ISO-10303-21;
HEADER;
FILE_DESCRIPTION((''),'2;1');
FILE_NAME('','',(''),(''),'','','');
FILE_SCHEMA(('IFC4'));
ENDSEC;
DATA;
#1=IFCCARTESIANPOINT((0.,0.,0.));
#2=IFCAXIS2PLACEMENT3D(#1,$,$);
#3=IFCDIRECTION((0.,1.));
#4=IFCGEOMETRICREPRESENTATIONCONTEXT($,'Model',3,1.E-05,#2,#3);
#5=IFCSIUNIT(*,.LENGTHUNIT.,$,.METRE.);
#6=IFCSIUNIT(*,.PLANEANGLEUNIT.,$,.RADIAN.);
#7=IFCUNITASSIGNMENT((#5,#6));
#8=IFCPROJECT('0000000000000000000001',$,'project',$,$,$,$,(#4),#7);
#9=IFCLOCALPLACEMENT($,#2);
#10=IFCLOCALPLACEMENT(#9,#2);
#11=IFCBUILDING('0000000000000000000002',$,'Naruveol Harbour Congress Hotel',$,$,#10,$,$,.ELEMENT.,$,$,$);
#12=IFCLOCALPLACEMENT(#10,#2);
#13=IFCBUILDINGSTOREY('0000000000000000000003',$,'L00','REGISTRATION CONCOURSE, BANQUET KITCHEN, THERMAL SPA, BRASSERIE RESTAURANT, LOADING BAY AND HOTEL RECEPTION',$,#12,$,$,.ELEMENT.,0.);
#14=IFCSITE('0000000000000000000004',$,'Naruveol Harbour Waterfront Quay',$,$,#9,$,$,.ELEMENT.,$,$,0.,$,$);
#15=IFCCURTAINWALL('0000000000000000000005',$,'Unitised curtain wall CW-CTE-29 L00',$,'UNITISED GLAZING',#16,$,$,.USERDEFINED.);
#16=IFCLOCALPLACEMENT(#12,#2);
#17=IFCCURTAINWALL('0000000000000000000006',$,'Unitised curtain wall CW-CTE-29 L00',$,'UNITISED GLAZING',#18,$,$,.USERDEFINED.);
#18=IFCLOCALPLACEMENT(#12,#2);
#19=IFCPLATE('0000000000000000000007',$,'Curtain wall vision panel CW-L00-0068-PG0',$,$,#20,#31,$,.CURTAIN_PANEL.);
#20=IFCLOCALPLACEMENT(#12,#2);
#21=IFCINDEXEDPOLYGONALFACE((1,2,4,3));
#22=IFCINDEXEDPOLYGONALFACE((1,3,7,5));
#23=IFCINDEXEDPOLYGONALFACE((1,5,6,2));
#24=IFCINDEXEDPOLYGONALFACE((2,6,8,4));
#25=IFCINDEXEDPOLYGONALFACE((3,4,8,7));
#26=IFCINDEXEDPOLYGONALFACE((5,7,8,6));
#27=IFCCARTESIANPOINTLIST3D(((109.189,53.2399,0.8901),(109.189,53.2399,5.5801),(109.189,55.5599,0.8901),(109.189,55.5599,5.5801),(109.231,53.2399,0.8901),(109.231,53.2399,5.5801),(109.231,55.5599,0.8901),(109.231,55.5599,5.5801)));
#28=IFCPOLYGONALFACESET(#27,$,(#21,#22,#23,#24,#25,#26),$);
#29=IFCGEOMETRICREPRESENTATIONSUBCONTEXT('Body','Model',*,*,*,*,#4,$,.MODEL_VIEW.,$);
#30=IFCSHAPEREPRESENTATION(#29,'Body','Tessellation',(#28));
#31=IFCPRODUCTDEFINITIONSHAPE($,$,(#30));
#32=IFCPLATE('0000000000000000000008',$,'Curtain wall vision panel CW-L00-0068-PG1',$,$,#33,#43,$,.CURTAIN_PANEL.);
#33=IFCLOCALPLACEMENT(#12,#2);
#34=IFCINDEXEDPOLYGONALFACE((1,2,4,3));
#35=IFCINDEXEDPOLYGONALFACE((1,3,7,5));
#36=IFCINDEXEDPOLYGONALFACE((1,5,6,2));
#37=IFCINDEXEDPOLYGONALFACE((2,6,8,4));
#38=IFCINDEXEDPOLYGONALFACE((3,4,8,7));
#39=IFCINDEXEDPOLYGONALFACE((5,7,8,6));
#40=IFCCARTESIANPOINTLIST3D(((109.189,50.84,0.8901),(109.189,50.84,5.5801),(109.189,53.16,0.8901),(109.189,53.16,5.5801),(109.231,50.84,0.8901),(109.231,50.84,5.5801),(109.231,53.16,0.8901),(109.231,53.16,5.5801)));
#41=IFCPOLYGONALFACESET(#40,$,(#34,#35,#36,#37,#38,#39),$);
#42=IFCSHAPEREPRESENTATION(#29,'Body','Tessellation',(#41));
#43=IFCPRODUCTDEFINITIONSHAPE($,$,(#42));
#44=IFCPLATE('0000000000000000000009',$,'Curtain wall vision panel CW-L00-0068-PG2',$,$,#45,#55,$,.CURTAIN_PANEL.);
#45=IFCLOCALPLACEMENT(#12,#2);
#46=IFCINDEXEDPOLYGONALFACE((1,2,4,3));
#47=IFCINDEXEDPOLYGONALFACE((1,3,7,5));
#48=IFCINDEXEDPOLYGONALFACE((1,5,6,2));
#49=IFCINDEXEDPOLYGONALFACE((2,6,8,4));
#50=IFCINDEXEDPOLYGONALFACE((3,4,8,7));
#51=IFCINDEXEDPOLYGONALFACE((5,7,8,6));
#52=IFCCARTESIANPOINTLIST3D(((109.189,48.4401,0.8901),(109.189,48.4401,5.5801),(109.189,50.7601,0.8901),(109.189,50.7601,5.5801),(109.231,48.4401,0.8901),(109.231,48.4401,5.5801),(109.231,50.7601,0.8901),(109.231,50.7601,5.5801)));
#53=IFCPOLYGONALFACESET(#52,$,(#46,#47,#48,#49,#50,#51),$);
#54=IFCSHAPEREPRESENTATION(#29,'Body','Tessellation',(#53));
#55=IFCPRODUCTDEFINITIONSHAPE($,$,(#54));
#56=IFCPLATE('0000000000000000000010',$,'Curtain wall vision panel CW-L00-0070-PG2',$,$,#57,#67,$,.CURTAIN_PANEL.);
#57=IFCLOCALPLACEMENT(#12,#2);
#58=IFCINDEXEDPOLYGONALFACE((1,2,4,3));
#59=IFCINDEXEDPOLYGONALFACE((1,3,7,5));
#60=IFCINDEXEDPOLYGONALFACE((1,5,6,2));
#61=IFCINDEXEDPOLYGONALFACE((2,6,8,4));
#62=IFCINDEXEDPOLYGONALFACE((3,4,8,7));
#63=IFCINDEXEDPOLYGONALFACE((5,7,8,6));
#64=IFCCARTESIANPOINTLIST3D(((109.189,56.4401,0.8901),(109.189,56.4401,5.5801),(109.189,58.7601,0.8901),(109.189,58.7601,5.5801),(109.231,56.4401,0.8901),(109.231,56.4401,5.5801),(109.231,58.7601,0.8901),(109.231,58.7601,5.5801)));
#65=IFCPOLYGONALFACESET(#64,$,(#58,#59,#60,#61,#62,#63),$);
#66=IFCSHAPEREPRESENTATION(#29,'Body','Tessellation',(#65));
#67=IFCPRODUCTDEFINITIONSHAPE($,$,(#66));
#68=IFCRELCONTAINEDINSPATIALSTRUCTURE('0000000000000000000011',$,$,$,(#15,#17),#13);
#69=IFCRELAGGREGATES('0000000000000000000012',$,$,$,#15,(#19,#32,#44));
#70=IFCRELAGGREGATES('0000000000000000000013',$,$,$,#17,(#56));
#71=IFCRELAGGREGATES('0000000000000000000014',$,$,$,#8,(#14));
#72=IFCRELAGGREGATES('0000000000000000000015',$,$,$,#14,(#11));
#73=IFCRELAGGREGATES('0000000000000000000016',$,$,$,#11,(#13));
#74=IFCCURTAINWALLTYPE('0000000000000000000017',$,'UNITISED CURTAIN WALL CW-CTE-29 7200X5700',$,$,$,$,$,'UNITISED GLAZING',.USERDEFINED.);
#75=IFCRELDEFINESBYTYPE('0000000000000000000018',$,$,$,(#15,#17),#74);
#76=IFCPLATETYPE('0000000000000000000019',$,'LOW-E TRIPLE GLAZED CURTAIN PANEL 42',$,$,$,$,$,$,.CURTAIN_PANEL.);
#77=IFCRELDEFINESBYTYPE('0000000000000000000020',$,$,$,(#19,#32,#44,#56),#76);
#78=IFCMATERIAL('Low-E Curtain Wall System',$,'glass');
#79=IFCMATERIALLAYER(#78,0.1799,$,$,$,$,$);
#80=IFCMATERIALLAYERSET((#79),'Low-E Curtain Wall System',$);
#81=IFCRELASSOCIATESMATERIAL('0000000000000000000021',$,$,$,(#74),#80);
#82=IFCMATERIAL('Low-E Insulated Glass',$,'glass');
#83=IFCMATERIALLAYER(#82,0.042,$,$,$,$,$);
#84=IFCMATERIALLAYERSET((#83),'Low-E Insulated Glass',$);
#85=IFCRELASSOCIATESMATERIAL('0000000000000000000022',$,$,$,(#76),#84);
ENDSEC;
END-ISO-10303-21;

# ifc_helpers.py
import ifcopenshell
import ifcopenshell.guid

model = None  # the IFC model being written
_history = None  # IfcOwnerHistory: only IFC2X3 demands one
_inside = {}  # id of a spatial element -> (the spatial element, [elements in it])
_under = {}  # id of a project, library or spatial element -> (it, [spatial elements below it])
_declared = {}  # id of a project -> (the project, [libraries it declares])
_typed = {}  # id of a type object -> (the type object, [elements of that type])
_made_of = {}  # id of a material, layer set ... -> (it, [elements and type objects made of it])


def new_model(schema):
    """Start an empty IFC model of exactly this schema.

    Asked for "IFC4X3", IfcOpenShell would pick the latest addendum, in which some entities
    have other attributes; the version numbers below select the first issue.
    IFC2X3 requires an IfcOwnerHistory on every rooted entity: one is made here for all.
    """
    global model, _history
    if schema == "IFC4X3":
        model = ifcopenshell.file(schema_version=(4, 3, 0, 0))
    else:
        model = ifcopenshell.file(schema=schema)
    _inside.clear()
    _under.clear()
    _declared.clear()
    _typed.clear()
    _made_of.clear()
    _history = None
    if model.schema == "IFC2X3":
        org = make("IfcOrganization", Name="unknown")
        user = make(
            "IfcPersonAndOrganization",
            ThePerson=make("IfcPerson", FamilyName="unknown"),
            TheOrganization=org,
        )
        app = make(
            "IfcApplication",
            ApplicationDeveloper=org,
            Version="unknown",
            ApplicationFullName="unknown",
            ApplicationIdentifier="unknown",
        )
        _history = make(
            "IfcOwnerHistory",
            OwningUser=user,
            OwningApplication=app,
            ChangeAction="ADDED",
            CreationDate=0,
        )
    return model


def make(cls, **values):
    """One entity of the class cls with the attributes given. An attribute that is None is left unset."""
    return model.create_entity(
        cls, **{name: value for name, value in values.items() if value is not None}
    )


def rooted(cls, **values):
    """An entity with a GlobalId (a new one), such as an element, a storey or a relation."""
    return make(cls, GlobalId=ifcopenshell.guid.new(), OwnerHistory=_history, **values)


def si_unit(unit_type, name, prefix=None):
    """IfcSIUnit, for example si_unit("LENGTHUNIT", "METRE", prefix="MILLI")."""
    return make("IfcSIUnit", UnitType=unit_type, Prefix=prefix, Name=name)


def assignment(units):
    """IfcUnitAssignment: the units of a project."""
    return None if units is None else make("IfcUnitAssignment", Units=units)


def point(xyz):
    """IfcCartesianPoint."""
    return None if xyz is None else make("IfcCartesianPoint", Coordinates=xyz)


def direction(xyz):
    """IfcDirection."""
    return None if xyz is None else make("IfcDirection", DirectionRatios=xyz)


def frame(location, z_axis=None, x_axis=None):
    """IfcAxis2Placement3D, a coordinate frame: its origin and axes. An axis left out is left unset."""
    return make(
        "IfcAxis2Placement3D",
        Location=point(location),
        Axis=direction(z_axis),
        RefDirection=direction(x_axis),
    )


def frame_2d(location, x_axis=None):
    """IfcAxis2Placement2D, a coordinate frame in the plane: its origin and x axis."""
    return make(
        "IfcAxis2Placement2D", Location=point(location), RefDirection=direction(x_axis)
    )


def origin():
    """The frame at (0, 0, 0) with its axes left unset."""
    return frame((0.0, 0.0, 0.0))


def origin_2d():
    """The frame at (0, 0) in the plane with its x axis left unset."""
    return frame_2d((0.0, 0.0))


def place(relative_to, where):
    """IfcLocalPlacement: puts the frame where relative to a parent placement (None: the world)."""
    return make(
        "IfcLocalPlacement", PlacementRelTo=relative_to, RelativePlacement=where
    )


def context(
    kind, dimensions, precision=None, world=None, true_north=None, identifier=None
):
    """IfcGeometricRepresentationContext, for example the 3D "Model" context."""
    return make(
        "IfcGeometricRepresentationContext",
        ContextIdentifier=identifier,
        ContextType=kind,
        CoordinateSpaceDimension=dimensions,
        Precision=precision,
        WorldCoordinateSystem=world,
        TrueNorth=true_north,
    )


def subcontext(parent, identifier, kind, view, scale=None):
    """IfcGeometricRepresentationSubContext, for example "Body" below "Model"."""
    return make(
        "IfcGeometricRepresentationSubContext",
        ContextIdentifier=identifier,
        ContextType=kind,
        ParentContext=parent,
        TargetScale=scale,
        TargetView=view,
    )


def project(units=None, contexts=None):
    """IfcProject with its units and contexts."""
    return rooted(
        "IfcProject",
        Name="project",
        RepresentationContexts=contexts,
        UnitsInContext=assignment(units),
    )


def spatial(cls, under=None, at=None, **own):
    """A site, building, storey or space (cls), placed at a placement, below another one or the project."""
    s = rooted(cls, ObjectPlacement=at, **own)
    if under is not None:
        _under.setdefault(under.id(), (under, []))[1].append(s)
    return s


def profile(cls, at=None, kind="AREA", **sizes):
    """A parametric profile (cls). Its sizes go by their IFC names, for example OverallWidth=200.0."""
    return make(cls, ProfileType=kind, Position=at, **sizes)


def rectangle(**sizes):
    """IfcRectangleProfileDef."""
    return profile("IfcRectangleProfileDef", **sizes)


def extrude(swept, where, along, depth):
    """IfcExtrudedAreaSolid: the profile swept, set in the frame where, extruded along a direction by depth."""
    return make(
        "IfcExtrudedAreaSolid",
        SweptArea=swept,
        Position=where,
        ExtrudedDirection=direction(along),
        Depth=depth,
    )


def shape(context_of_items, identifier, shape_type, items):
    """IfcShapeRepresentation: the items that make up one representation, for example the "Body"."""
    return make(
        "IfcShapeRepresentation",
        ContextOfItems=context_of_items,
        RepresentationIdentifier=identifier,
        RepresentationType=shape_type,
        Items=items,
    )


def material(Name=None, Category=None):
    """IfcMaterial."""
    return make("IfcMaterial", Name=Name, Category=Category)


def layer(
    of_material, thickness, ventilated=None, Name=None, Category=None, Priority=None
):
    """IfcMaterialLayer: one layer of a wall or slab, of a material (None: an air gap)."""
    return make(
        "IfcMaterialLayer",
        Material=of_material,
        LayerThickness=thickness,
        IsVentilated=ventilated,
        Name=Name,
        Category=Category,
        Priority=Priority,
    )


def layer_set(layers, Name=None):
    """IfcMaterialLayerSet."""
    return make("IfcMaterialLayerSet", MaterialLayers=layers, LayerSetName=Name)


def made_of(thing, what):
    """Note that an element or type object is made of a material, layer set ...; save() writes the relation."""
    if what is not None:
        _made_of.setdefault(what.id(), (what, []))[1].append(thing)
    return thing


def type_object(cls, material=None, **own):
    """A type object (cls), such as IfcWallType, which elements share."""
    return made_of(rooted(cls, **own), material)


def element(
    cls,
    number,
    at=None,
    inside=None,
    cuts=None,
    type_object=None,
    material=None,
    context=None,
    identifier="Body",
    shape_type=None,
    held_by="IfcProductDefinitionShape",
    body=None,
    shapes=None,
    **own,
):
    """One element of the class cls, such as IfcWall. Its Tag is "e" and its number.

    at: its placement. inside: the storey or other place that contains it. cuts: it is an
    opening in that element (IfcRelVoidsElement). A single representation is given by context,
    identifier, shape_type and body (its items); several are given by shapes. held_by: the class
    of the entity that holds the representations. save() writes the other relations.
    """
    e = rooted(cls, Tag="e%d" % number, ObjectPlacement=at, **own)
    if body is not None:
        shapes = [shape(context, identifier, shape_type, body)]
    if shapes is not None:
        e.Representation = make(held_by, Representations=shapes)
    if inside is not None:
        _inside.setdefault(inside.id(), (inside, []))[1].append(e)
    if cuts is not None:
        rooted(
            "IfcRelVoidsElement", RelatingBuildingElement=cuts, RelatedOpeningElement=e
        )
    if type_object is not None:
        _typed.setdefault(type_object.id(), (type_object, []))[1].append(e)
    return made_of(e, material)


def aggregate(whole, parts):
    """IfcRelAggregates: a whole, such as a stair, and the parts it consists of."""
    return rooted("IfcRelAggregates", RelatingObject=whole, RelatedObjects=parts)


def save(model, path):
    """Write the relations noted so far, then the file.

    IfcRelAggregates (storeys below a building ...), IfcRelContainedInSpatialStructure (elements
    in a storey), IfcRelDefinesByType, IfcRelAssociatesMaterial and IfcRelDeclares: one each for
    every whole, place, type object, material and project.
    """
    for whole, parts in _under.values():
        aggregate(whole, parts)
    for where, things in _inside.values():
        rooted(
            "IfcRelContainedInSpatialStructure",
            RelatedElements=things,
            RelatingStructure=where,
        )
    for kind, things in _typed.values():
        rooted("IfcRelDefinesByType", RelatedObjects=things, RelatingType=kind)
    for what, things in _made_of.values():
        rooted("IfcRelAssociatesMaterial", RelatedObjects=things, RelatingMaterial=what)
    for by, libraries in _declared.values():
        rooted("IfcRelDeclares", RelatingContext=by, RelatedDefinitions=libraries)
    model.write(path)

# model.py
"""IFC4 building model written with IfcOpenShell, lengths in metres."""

from ifc_helpers import new_model, si_unit, direction, frame, origin, origin_2d, place, context, subcontext, project, spatial, rectangle, extrude, material, layer, layer_set, type_object, element, aggregate, save


model = new_model("IFC4")

# Units and contexts
model_context = context("Model", 3, precision=1e-05, world=origin(), true_north=direction((0.0, 1.0)))
body_context = subcontext(model_context, "Body", "Model", "MODEL_VIEW")
ifc_project = project(units=[si_unit("LENGTHUNIT", "METRE"), si_unit("PLANEANGLEUNIT", "RADIAN")], contexts=[model_context])

# Site, building, storey
site_placement = place(None, origin())
site = spatial("IfcSite", under=ifc_project, at=site_placement, Name="Naruveol Harbour Waterfront Quay", CompositionType="ELEMENT", RefElevation=0.0)
building_placement = place(site_placement, origin())
building = spatial("IfcBuilding", under=site, at=building_placement, Name="Naruveol Harbour Congress Hotel", CompositionType="ELEMENT")
storey_placement = place(building_placement, origin())
storey = spatial("IfcBuildingStorey", under=building, at=storey_placement, Name="L00", Description="REGISTRATION CONCOURSE, BANQUET KITCHEN, THERMAL SPA, BRASSERIE RESTAURANT, LOADING BAY AND HOTEL RECEPTION", CompositionType="ELEMENT", Elevation=0.0)

# Shared definitions
ifc_material_1 = material(Name="Low-E Curtain Wall System", Category="glass")
ifc_layer_1 = layer(ifc_material_1, 0.1799)
ifc_layer_set_1 = layer_set([ifc_layer_1], Name="Low-E Curtain Wall System")
curtain_wall_type = type_object("IfcCurtainWallType", Name="UNITISED CURTAIN WALL CW-CTE-29 7200X5700", ElementType="UNITISED GLAZING", PredefinedType="USERDEFINED", material=ifc_layer_set_1)

# Curtain walls
curtain_wall_1_placement = place(storey_placement, origin())
curtain_wall_1 = element("IfcCurtainWall", 1, at=curtain_wall_1_placement, inside=storey, type_object=curtain_wall_type, Name="Unitised curtain wall CW-CTE-29 L00", ObjectType="UNITISED GLAZING", PredefinedType="USERDEFINED")
curtain_wall_2_placement = place(storey_placement, origin())
curtain_wall_2 = element("IfcCurtainWall", 2, at=curtain_wall_2_placement, inside=storey, type_object=curtain_wall_type, Name="Unitised curtain wall CW-CTE-29 L00", ObjectType="UNITISED GLAZING", PredefinedType="USERDEFINED")

# Plates
ifc_material_2 = material(Name="Low-E Insulated Glass", Category="glass")
ifc_layer_2 = layer(ifc_material_2, 0.042)
ifc_layer_set_2 = layer_set([ifc_layer_2], Name="Low-E Insulated Glass")
plate_type_1 = type_object("IfcPlateType", Name="LOW-E TRIPLE GLAZED CURTAIN PANEL 42", PredefinedType="CURTAIN_PANEL", material=ifc_layer_set_2)
plate_1_placement = place(storey_placement, frame((109.21, 54.3999, 0.8901), z_axis=(0.0, 0.0, 1.0), x_axis=(0.0, -1.0, 0.0)))
plate_1 = element("IfcPlate", 3, at=plate_1_placement, type_object=plate_type_1, Name="Curtain wall vision panel CW-L00-0068-PG0", PredefinedType="CURTAIN_PANEL", context=body_context, shape_type="SweptSolid", body=[
    extrude(rectangle(XDim=2.3201, YDim=0.042, at=origin_2d()), origin(), (0.0, 0.0, 1.0), 4.6899),
])
plate_2_placement = place(storey_placement, frame((109.21, 52.0, 0.8901), z_axis=(0.0, 0.0, 1.0), x_axis=(0.0, -1.0, 0.0)))
plate_2 = element("IfcPlate", 4, at=plate_2_placement, type_object=plate_type_1, Name="Curtain wall vision panel CW-L00-0068-PG1", PredefinedType="CURTAIN_PANEL", context=body_context, shape_type="SweptSolid", body=[
    extrude(rectangle(XDim=2.3201, YDim=0.042, at=origin_2d()), origin(), (0.0, 0.0, 1.0), 4.6899),
])
plate_3_placement = place(storey_placement, frame((109.21, 49.6001, 0.8901), z_axis=(0.0, 0.0, 1.0), x_axis=(0.0, -1.0, 0.0)))
plate_3 = element("IfcPlate", 5, at=plate_3_placement, type_object=plate_type_1, Name="Curtain wall vision panel CW-L00-0068-PG2", PredefinedType="CURTAIN_PANEL", context=body_context, shape_type="SweptSolid", body=[
    extrude(rectangle(XDim=2.3201, YDim=0.042, at=origin_2d()), origin(), (0.0, 0.0, 1.0), 4.6899),
])
aggregate(curtain_wall_1, [plate_1, plate_2, plate_3])
plate_4_placement = place(storey_placement, frame((109.21, 57.6001, 0.8901), z_axis=(0.0, 0.0, 1.0), x_axis=(0.0, -1.0, 0.0)))
plate_4 = element("IfcPlate", 6, at=plate_4_placement, type_object=plate_type_1, Name="Curtain wall vision panel CW-L00-0070-PG2", PredefinedType="CURTAIN_PANEL", context=body_context, shape_type="SweptSolid", body=[
    extrude(rectangle(XDim=2.3201, YDim=0.042, at=origin_2d()), origin(), (0.0, 0.0, 1.0), 4.6899),
])
aggregate(curtain_wall_2, [plate_4])

save(model, "model.ifc")
